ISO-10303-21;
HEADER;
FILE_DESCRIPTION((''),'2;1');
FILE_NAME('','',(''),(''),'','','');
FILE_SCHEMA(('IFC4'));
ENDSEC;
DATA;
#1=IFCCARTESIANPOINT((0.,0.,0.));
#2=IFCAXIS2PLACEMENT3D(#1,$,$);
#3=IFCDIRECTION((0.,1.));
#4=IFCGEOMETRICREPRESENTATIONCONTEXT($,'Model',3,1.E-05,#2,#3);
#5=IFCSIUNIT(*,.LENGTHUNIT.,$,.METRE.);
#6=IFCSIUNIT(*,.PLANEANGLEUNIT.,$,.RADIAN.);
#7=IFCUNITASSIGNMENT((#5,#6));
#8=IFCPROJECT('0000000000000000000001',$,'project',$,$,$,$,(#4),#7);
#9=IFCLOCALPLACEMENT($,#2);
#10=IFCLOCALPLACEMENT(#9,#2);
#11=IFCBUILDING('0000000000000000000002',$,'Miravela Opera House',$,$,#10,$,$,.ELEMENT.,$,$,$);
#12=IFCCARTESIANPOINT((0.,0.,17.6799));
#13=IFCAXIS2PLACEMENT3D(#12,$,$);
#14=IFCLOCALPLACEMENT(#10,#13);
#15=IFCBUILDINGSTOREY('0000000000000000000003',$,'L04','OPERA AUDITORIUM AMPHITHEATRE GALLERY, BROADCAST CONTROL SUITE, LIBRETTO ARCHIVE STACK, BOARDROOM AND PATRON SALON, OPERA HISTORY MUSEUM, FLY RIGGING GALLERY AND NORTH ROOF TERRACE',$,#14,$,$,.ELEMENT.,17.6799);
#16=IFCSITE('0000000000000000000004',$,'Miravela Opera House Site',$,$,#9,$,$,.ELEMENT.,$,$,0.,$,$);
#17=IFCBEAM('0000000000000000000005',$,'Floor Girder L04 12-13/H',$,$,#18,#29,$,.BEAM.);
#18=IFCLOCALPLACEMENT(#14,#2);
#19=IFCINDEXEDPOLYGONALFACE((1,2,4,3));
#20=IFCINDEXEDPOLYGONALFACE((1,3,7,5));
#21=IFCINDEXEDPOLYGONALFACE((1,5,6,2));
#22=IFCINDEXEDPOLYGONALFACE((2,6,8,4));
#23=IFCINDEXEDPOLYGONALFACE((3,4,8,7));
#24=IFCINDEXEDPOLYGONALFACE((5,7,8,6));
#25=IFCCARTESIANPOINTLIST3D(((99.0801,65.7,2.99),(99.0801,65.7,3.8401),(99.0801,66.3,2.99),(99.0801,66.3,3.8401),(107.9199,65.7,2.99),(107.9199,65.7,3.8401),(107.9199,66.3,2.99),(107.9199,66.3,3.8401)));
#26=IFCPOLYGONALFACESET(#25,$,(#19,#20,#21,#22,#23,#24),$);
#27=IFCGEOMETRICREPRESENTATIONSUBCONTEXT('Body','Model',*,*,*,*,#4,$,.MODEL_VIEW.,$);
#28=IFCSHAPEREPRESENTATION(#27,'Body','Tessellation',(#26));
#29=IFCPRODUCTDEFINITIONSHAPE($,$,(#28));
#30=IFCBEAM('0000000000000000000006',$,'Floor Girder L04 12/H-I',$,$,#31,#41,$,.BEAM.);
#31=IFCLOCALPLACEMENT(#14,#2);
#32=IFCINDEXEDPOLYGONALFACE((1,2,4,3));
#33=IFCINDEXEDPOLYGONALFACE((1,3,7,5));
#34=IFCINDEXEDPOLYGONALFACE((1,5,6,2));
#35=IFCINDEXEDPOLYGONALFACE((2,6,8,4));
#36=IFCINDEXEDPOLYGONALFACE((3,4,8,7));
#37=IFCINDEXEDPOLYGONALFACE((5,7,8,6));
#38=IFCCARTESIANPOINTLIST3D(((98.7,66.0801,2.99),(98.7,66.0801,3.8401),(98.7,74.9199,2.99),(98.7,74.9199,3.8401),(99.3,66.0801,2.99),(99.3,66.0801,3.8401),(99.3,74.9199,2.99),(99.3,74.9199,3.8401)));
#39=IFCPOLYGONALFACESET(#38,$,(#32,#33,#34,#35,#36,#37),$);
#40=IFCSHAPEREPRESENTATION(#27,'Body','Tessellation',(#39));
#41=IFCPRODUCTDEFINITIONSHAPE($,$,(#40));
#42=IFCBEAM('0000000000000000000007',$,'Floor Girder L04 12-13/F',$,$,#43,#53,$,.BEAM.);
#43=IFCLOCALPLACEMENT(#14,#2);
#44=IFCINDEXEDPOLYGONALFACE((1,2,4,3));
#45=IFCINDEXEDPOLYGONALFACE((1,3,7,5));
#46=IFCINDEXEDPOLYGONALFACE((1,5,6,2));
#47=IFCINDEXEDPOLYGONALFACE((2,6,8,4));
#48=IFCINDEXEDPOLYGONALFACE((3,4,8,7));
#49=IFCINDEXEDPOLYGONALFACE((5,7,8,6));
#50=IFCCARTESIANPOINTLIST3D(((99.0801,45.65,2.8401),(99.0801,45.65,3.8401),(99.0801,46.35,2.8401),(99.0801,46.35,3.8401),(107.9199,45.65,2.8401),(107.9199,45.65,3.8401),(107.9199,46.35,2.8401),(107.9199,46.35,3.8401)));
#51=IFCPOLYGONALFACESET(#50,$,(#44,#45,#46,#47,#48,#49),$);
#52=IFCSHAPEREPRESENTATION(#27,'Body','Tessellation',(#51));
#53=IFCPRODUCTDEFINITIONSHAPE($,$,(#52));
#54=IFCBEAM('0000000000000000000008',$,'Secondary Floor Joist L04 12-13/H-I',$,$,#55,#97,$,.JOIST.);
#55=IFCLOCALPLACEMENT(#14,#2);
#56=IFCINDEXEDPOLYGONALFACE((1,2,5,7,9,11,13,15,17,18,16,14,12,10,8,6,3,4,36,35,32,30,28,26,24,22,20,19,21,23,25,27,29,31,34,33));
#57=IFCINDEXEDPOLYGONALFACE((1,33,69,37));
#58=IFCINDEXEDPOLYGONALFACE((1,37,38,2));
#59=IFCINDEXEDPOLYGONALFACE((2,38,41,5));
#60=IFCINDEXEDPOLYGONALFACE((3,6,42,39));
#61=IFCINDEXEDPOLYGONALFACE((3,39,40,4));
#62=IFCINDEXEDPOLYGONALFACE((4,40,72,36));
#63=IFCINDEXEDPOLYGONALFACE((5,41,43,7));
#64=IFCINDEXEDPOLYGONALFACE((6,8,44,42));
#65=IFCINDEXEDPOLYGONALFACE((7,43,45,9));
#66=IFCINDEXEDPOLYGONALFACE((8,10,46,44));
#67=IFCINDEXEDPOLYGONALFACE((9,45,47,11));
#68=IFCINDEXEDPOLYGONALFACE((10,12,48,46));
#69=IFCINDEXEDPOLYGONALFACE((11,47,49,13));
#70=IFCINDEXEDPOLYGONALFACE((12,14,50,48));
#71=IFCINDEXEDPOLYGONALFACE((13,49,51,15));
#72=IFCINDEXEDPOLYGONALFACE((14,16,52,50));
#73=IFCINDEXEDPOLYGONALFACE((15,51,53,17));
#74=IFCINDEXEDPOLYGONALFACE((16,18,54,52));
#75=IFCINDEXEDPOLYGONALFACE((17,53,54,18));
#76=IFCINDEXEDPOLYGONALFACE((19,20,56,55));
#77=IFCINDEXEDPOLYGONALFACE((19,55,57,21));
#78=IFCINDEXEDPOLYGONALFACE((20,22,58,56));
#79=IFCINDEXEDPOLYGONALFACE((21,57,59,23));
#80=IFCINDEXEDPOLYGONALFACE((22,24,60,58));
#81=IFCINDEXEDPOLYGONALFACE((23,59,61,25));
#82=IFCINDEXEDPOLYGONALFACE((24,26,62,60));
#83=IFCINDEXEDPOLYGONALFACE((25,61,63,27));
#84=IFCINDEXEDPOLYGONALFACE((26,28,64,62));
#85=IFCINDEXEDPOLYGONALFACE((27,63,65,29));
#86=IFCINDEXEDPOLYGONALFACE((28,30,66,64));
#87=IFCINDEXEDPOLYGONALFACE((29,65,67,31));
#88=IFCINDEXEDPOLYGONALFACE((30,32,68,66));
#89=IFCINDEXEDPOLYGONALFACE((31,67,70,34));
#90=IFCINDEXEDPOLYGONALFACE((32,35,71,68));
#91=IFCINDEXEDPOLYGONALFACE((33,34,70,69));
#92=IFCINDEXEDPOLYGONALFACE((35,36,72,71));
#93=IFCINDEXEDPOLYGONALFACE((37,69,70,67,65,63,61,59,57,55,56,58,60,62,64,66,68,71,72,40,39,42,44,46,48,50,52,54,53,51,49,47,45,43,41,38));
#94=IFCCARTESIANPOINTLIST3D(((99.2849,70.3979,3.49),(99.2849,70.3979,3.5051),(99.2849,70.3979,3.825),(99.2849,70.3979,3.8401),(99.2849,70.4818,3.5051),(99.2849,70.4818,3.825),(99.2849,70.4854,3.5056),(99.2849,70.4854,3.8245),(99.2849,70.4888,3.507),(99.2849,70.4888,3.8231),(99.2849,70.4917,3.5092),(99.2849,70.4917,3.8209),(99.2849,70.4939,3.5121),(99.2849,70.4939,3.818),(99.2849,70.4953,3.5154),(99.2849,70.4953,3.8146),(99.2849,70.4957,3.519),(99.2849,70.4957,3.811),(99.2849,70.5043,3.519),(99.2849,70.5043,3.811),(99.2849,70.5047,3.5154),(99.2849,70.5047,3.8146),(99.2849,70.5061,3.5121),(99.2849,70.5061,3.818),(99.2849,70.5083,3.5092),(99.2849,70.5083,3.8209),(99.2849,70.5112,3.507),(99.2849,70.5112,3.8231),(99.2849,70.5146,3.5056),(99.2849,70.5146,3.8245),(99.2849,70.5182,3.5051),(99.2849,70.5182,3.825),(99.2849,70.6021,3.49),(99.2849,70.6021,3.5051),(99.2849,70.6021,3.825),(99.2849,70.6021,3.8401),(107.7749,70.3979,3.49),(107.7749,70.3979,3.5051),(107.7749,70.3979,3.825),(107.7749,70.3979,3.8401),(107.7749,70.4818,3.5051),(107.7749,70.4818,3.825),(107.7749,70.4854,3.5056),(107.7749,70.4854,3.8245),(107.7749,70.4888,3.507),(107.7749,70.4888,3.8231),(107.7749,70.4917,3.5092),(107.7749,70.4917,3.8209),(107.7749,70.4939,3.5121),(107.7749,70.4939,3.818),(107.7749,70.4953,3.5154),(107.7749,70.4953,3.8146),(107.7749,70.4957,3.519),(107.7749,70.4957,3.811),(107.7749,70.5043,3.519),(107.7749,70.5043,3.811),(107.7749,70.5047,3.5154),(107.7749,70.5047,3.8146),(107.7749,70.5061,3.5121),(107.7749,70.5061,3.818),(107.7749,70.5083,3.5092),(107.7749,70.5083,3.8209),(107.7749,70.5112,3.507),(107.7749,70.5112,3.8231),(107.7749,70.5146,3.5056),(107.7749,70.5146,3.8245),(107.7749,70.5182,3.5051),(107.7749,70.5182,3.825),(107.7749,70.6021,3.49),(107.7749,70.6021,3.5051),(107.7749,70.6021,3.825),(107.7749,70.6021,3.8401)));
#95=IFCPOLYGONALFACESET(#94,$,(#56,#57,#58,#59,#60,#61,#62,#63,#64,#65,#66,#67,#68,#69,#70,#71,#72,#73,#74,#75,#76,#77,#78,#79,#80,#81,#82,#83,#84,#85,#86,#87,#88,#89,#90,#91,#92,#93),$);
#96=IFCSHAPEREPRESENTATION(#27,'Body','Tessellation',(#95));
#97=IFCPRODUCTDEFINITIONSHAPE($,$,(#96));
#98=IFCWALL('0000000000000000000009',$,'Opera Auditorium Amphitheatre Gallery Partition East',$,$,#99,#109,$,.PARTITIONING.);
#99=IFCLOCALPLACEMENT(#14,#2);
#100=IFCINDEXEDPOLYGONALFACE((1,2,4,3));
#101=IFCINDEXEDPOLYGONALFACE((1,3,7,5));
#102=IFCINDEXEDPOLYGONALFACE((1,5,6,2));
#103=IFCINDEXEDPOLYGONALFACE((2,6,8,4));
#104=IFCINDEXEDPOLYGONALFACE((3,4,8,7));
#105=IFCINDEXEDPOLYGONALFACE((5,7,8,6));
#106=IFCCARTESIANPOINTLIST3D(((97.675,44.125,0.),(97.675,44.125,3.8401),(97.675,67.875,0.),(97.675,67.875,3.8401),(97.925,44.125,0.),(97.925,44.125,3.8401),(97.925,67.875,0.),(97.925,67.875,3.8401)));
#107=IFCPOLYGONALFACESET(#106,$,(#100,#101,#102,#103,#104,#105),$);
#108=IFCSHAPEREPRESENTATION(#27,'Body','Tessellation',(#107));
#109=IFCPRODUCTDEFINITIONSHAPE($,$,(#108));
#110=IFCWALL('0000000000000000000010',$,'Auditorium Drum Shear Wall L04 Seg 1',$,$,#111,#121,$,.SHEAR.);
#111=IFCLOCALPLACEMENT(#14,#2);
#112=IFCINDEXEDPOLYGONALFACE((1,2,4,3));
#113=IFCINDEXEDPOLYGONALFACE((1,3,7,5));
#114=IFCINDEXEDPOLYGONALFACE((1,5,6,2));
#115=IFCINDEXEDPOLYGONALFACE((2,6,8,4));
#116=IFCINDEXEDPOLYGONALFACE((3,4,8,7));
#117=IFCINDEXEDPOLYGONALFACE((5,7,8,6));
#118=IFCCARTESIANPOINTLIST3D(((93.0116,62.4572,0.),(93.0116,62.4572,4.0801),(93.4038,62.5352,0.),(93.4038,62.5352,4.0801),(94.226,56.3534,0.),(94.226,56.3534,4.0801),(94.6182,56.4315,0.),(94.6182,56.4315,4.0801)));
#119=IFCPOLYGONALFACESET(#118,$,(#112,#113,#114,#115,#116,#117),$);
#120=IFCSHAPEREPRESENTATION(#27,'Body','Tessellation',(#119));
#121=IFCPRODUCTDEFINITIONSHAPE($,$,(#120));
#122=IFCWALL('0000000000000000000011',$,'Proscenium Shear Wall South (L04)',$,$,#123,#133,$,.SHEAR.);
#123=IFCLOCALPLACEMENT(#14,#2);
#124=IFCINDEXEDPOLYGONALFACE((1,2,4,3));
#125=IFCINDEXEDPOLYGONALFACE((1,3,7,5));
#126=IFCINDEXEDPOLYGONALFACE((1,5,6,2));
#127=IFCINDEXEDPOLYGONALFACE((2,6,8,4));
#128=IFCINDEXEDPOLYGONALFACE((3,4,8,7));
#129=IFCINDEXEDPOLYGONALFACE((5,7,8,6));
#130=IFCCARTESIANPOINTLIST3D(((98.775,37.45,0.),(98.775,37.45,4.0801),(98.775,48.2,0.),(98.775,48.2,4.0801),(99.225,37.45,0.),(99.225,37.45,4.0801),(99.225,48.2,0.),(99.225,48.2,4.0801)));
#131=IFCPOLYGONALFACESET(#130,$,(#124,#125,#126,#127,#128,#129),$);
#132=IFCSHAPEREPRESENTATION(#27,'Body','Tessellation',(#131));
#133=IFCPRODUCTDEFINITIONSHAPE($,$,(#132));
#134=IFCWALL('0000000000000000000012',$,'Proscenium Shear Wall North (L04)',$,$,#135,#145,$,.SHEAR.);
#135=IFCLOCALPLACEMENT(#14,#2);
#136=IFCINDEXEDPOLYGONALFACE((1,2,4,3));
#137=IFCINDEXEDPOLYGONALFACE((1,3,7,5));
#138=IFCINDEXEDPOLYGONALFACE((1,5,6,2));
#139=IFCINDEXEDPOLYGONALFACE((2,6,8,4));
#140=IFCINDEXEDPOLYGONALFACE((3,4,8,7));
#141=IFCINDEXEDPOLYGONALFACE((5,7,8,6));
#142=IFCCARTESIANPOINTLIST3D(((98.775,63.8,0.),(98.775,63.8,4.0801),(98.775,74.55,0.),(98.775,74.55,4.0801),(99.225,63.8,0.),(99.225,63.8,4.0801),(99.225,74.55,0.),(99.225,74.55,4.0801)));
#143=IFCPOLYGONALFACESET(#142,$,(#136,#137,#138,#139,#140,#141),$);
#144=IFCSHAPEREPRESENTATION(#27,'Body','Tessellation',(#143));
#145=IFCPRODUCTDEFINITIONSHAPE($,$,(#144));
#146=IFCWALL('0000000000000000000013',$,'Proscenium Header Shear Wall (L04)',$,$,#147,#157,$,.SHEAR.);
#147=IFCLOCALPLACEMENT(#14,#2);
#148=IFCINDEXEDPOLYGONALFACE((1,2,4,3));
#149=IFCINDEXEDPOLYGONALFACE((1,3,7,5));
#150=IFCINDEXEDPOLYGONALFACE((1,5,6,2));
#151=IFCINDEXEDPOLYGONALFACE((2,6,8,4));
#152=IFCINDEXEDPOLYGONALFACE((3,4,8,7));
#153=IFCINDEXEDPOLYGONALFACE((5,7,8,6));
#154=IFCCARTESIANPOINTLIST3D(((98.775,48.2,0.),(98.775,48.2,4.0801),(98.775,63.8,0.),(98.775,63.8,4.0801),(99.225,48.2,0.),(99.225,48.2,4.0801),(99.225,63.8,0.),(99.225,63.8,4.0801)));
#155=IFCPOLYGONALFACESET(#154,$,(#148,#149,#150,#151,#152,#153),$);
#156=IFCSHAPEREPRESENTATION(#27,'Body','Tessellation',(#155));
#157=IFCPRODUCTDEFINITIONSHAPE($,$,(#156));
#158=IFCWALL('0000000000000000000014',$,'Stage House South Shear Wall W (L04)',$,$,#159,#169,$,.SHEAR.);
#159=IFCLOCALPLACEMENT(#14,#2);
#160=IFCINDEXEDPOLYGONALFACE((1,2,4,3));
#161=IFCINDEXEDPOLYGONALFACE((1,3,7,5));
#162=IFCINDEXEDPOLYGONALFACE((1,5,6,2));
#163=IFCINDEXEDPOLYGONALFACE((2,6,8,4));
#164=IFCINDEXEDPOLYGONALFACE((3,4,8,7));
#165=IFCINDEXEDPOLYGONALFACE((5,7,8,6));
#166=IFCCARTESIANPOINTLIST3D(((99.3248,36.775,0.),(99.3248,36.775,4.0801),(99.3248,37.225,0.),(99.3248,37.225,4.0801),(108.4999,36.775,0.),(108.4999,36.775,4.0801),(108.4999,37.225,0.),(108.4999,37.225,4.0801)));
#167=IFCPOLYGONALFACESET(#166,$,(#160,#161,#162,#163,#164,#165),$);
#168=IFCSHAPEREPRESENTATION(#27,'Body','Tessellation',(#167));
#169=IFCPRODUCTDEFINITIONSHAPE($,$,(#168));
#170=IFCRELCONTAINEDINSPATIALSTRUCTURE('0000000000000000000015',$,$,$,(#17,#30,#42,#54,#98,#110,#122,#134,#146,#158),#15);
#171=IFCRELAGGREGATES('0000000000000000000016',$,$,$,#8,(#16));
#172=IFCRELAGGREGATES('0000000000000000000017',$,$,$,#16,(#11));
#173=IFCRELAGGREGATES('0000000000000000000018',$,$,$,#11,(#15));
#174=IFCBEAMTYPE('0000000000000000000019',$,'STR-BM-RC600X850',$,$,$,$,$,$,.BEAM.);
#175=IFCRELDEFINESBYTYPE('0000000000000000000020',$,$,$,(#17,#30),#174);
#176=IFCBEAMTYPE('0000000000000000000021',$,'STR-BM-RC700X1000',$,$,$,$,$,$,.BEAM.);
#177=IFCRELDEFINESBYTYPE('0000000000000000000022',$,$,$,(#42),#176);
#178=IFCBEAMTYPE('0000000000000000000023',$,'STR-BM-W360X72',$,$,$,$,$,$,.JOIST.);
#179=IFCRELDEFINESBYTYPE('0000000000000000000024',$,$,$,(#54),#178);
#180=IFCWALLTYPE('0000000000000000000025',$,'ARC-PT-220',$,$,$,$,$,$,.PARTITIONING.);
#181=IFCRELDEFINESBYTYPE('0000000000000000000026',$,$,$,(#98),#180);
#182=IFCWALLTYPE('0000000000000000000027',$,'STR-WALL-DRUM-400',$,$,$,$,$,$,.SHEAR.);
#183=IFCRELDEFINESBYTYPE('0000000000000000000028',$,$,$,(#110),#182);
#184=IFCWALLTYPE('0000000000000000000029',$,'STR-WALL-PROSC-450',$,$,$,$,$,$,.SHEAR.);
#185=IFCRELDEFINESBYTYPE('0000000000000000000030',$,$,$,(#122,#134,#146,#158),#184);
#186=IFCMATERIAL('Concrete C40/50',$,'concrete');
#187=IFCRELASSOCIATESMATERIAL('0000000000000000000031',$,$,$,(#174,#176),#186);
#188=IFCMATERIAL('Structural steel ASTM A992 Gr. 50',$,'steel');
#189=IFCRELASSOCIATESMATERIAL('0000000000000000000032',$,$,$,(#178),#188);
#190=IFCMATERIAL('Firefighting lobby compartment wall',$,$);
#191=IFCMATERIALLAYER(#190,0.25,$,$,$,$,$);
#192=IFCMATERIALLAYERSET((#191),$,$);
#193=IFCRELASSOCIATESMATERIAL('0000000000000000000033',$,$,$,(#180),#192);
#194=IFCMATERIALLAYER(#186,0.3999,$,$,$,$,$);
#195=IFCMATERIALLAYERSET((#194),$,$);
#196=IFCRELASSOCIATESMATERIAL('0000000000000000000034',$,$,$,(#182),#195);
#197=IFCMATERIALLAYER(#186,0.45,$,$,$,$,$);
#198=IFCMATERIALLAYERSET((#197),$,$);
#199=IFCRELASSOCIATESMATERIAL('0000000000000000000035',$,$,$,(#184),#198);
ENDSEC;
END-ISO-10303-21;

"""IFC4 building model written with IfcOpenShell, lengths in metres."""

from ifc_helpers import new_model, si_unit, direction, frame, frame_2d, origin, origin_2d, place, context, subcontext, project, spatial, rectangle, i_section, extrude, material, layer, layer_set, material_profile, profile_set, type_object, element, save


model = new_model("IFC4")

# Units and contexts
model_context = context("Model", 3, precision=1e-05, world=origin(), true_north=direction((0.0, 1.0)))
body_context = subcontext(model_context, "Body", "Model", "MODEL_VIEW")
ifc_project = project(units=[si_unit("LENGTHUNIT", "METRE"), si_unit("PLANEANGLEUNIT", "RADIAN")], contexts=[model_context])

# Site, building, storey
site_placement = place(None, origin())
site = spatial("IfcSite", under=ifc_project, at=site_placement, Name="Miravela Opera House Site", CompositionType="ELEMENT", RefElevation=0.0)
building_placement = place(site_placement, origin())
building = spatial("IfcBuilding", under=site, at=building_placement, Name="Miravela Opera House", CompositionType="ELEMENT")
storey_placement = place(building_placement, frame((0.0, 0.0, 17.6799)))
storey = spatial("IfcBuildingStorey", under=building, at=storey_placement, Name="L04", Description="OPERA AUDITORIUM AMPHITHEATRE GALLERY, BROADCAST CONTROL SUITE, LIBRETTO ARCHIVE STACK, BOARDROOM AND PATRON SALON, OPERA HISTORY MUSEUM, FLY RIGGING GALLERY AND NORTH ROOF TERRACE", CompositionType="ELEMENT", Elevation=17.6799)

# Shared definitions
ifc_material_1 = material(Name="Concrete C40/50", Category="concrete")

# Beams
ifc_material_profile_1 = material_profile(ifc_material_1, rectangle(XDim=0.6001, YDim=0.8501, at=origin_2d()), Name="RC-BM-600X850")
ifc_profile_set_1 = profile_set([ifc_material_profile_1])
beam_type_1 = type_object("IfcBeamType", Name="STR-BM-RC600X850", PredefinedType="BEAM", material=ifc_profile_set_1)
for number, where, z_axis, x_axis, name in (
    (1, (99.0801, 66.0, 3.415), (1.0, 0.0, 0.0), (0.0, 1.0, 0.0), "Floor Girder L04 12-13/H"),
    (2, (99.0, 66.0801, 3.415), (0.0, 1.0, 0.0), (-1.0, 0.0, 0.0), "Floor Girder L04 12/H-I"),
):
    element("IfcBeam", number, at=place(storey_placement, frame(where, z_axis=z_axis, x_axis=x_axis)), inside=storey, type_object=beam_type_1, Name=name, PredefinedType="BEAM", context=body_context, shape_type="SweptSolid", body=[
        extrude(rectangle(XDim=0.6001, YDim=0.8501, at=origin_2d()), origin(), (0.0, 0.0, 1.0), 8.8398),
    ])
ifc_material_profile_2 = material_profile(ifc_material_1, rectangle(XDim=0.7, YDim=1.0, at=origin_2d()), Name="RC-BM-700X1000")
ifc_profile_set_2 = profile_set([ifc_material_profile_2])
beam_type_2 = type_object("IfcBeamType", Name="STR-BM-RC700X1000", PredefinedType="BEAM", material=ifc_profile_set_2)
beam_1_placement = place(storey_placement, frame((99.0801, 46.0, 3.3401), z_axis=(1.0, 0.0, 0.0), x_axis=(0.0, 1.0, 0.0)))
element("IfcBeam", 3, at=beam_1_placement, inside=storey, type_object=beam_type_2, Name="Floor Girder L04 12-13/F", PredefinedType="BEAM", context=body_context, shape_type="SweptSolid", body=[
    extrude(rectangle(XDim=0.7, YDim=1.0, at=origin_2d()), origin(), (0.0, 0.0, 1.0), 8.8398),
])
ifc_material_2 = material(Name="Structural steel ASTM A992 Gr. 50", Category="steel")
ifc_material_profile_3 = material_profile(ifc_material_2, i_section(OverallWidth=0.2041, OverallDepth=0.3501, WebThickness=0.0085, FlangeThickness=0.0151, FilletRadius=0.0139, at=origin_2d()), Name="W360X72")
ifc_profile_set_3 = profile_set([ifc_material_profile_3])
beam_type_3 = type_object("IfcBeamType", Name="STR-BM-W360X72", PredefinedType="JOIST", material=ifc_profile_set_3)
beam_2_placement = place(storey_placement, frame((99.2849, 70.5, 3.665), z_axis=(1.0, 0.0, 0.0), x_axis=(0.0, 1.0, 0.0)))
element("IfcBeam", 4, at=beam_2_placement, inside=storey, type_object=beam_type_3, Name="Secondary Floor Joist L04 12-13/H-I", PredefinedType="JOIST", context=body_context, shape_type="SweptSolid", body=[
    extrude(i_section(OverallWidth=0.2041, OverallDepth=0.3501, WebThickness=0.0085, FlangeThickness=0.0151, FilletRadius=0.0139, at=origin_2d()), origin(), (0.0, 0.0, 1.0), 8.49),
])

# Walls
ifc_material_3 = material(Name="Firefighting lobby compartment wall")
ifc_layer_1 = layer(ifc_material_3, 0.25)
ifc_layer_set_1 = layer_set([ifc_layer_1])
wall_type_1 = type_object("IfcWallType", Name="ARC-PT-220", PredefinedType="PARTITIONING", material=ifc_layer_set_1)
wall_1_placement = place(storey_placement, frame((97.8, 44.125, 0.0), z_axis=(0.0, 0.0, 1.0), x_axis=(0.0, 1.0, 0.0)))
element("IfcWall", 5, at=wall_1_placement, inside=storey, type_object=wall_type_1, Name="Opera Auditorium Amphitheatre Gallery Partition East", PredefinedType="PARTITIONING", context=body_context, shape_type="SweptSolid", body=[
    extrude(rectangle(XDim=23.75, YDim=0.25, at=frame_2d((11.875, 0.0))), origin(), (0.0, 0.0, 1.0), 3.8401),
])
ifc_layer_2 = layer(ifc_material_1, 0.3999)
ifc_layer_set_2 = layer_set([ifc_layer_2])
wall_type_2 = type_object("IfcWallType", Name="STR-WALL-DRUM-400", PredefinedType="SHEAR", material=ifc_layer_set_2)
wall_2_placement = place(storey_placement, frame((94.4221, 56.3923, 0.0), z_axis=(0.0, 0.0, 1.0), x_axis=(-0.195128, 0.980778, 0.0)))
element("IfcWall", 6, at=wall_2_placement, inside=storey, type_object=wall_type_2, Name="Auditorium Drum Shear Wall L04 Seg 1", PredefinedType="SHEAR", context=body_context, shape_type="SweptSolid", body=[
    extrude(rectangle(XDim=6.2234, YDim=0.3999, at=frame_2d((3.1118, 0.0))), origin(), (0.0, 0.0, 1.0), 4.0801),
])
ifc_layer_3 = layer(ifc_material_1, 0.45)
ifc_layer_set_3 = layer_set([ifc_layer_3])
wall_type_3 = type_object("IfcWallType", Name="STR-WALL-PROSC-450", PredefinedType="SHEAR", material=ifc_layer_set_3)
for number, where, z_axis, x_axis, name in (
    (7, (99.0, 37.45, 0.0), (0.0, 0.0, 1.0), (0.0, 1.0, 0.0), "Proscenium Shear Wall South (L04)"),
    (8, (99.0, 63.8, 0.0), (0.0, 0.0, 1.0), (0.0, 1.0, 0.0), "Proscenium Shear Wall North (L04)"),
):
    element("IfcWall", number, at=place(storey_placement, frame(where, z_axis=z_axis, x_axis=x_axis)), inside=storey, type_object=wall_type_3, Name=name, PredefinedType="SHEAR", context=body_context, shape_type="SweptSolid", body=[
        extrude(rectangle(XDim=10.75, YDim=0.45, at=frame_2d((5.375, 0.0))), origin(), (0.0, 0.0, 1.0), 4.0801),
    ])
wall_3_placement = place(storey_placement, frame((99.0, 48.2, 0.0), z_axis=(0.0, 0.0, 1.0), x_axis=(0.0, 1.0, 0.0)))
element("IfcWall", 9, at=wall_3_placement, inside=storey, type_object=wall_type_3, Name="Proscenium Header Shear Wall (L04)", PredefinedType="SHEAR", context=body_context, shape_type="SweptSolid", body=[
    extrude(rectangle(XDim=15.6001, YDim=0.45, at=frame_2d((7.8, 0.0))), origin(), (0.0, 0.0, 1.0), 4.0801),
])
wall_4_placement = place(storey_placement, frame((99.325, 37.0, 0.0), z_axis=(0.0, 0.0, 1.0), x_axis=(1.0, 0.0, 0.0)))
element("IfcWall", 10, at=wall_4_placement, inside=storey, type_object=wall_type_3, Name="Stage House South Shear Wall W (L04)", PredefinedType="SHEAR", context=body_context, shape_type="SweptSolid", body=[
    extrude(rectangle(XDim=9.175, YDim=0.45, at=frame_2d((4.5874, 0.0))), origin(), (0.0, 0.0, 1.0), 4.0801),
])

save(model, "model.ifc")
